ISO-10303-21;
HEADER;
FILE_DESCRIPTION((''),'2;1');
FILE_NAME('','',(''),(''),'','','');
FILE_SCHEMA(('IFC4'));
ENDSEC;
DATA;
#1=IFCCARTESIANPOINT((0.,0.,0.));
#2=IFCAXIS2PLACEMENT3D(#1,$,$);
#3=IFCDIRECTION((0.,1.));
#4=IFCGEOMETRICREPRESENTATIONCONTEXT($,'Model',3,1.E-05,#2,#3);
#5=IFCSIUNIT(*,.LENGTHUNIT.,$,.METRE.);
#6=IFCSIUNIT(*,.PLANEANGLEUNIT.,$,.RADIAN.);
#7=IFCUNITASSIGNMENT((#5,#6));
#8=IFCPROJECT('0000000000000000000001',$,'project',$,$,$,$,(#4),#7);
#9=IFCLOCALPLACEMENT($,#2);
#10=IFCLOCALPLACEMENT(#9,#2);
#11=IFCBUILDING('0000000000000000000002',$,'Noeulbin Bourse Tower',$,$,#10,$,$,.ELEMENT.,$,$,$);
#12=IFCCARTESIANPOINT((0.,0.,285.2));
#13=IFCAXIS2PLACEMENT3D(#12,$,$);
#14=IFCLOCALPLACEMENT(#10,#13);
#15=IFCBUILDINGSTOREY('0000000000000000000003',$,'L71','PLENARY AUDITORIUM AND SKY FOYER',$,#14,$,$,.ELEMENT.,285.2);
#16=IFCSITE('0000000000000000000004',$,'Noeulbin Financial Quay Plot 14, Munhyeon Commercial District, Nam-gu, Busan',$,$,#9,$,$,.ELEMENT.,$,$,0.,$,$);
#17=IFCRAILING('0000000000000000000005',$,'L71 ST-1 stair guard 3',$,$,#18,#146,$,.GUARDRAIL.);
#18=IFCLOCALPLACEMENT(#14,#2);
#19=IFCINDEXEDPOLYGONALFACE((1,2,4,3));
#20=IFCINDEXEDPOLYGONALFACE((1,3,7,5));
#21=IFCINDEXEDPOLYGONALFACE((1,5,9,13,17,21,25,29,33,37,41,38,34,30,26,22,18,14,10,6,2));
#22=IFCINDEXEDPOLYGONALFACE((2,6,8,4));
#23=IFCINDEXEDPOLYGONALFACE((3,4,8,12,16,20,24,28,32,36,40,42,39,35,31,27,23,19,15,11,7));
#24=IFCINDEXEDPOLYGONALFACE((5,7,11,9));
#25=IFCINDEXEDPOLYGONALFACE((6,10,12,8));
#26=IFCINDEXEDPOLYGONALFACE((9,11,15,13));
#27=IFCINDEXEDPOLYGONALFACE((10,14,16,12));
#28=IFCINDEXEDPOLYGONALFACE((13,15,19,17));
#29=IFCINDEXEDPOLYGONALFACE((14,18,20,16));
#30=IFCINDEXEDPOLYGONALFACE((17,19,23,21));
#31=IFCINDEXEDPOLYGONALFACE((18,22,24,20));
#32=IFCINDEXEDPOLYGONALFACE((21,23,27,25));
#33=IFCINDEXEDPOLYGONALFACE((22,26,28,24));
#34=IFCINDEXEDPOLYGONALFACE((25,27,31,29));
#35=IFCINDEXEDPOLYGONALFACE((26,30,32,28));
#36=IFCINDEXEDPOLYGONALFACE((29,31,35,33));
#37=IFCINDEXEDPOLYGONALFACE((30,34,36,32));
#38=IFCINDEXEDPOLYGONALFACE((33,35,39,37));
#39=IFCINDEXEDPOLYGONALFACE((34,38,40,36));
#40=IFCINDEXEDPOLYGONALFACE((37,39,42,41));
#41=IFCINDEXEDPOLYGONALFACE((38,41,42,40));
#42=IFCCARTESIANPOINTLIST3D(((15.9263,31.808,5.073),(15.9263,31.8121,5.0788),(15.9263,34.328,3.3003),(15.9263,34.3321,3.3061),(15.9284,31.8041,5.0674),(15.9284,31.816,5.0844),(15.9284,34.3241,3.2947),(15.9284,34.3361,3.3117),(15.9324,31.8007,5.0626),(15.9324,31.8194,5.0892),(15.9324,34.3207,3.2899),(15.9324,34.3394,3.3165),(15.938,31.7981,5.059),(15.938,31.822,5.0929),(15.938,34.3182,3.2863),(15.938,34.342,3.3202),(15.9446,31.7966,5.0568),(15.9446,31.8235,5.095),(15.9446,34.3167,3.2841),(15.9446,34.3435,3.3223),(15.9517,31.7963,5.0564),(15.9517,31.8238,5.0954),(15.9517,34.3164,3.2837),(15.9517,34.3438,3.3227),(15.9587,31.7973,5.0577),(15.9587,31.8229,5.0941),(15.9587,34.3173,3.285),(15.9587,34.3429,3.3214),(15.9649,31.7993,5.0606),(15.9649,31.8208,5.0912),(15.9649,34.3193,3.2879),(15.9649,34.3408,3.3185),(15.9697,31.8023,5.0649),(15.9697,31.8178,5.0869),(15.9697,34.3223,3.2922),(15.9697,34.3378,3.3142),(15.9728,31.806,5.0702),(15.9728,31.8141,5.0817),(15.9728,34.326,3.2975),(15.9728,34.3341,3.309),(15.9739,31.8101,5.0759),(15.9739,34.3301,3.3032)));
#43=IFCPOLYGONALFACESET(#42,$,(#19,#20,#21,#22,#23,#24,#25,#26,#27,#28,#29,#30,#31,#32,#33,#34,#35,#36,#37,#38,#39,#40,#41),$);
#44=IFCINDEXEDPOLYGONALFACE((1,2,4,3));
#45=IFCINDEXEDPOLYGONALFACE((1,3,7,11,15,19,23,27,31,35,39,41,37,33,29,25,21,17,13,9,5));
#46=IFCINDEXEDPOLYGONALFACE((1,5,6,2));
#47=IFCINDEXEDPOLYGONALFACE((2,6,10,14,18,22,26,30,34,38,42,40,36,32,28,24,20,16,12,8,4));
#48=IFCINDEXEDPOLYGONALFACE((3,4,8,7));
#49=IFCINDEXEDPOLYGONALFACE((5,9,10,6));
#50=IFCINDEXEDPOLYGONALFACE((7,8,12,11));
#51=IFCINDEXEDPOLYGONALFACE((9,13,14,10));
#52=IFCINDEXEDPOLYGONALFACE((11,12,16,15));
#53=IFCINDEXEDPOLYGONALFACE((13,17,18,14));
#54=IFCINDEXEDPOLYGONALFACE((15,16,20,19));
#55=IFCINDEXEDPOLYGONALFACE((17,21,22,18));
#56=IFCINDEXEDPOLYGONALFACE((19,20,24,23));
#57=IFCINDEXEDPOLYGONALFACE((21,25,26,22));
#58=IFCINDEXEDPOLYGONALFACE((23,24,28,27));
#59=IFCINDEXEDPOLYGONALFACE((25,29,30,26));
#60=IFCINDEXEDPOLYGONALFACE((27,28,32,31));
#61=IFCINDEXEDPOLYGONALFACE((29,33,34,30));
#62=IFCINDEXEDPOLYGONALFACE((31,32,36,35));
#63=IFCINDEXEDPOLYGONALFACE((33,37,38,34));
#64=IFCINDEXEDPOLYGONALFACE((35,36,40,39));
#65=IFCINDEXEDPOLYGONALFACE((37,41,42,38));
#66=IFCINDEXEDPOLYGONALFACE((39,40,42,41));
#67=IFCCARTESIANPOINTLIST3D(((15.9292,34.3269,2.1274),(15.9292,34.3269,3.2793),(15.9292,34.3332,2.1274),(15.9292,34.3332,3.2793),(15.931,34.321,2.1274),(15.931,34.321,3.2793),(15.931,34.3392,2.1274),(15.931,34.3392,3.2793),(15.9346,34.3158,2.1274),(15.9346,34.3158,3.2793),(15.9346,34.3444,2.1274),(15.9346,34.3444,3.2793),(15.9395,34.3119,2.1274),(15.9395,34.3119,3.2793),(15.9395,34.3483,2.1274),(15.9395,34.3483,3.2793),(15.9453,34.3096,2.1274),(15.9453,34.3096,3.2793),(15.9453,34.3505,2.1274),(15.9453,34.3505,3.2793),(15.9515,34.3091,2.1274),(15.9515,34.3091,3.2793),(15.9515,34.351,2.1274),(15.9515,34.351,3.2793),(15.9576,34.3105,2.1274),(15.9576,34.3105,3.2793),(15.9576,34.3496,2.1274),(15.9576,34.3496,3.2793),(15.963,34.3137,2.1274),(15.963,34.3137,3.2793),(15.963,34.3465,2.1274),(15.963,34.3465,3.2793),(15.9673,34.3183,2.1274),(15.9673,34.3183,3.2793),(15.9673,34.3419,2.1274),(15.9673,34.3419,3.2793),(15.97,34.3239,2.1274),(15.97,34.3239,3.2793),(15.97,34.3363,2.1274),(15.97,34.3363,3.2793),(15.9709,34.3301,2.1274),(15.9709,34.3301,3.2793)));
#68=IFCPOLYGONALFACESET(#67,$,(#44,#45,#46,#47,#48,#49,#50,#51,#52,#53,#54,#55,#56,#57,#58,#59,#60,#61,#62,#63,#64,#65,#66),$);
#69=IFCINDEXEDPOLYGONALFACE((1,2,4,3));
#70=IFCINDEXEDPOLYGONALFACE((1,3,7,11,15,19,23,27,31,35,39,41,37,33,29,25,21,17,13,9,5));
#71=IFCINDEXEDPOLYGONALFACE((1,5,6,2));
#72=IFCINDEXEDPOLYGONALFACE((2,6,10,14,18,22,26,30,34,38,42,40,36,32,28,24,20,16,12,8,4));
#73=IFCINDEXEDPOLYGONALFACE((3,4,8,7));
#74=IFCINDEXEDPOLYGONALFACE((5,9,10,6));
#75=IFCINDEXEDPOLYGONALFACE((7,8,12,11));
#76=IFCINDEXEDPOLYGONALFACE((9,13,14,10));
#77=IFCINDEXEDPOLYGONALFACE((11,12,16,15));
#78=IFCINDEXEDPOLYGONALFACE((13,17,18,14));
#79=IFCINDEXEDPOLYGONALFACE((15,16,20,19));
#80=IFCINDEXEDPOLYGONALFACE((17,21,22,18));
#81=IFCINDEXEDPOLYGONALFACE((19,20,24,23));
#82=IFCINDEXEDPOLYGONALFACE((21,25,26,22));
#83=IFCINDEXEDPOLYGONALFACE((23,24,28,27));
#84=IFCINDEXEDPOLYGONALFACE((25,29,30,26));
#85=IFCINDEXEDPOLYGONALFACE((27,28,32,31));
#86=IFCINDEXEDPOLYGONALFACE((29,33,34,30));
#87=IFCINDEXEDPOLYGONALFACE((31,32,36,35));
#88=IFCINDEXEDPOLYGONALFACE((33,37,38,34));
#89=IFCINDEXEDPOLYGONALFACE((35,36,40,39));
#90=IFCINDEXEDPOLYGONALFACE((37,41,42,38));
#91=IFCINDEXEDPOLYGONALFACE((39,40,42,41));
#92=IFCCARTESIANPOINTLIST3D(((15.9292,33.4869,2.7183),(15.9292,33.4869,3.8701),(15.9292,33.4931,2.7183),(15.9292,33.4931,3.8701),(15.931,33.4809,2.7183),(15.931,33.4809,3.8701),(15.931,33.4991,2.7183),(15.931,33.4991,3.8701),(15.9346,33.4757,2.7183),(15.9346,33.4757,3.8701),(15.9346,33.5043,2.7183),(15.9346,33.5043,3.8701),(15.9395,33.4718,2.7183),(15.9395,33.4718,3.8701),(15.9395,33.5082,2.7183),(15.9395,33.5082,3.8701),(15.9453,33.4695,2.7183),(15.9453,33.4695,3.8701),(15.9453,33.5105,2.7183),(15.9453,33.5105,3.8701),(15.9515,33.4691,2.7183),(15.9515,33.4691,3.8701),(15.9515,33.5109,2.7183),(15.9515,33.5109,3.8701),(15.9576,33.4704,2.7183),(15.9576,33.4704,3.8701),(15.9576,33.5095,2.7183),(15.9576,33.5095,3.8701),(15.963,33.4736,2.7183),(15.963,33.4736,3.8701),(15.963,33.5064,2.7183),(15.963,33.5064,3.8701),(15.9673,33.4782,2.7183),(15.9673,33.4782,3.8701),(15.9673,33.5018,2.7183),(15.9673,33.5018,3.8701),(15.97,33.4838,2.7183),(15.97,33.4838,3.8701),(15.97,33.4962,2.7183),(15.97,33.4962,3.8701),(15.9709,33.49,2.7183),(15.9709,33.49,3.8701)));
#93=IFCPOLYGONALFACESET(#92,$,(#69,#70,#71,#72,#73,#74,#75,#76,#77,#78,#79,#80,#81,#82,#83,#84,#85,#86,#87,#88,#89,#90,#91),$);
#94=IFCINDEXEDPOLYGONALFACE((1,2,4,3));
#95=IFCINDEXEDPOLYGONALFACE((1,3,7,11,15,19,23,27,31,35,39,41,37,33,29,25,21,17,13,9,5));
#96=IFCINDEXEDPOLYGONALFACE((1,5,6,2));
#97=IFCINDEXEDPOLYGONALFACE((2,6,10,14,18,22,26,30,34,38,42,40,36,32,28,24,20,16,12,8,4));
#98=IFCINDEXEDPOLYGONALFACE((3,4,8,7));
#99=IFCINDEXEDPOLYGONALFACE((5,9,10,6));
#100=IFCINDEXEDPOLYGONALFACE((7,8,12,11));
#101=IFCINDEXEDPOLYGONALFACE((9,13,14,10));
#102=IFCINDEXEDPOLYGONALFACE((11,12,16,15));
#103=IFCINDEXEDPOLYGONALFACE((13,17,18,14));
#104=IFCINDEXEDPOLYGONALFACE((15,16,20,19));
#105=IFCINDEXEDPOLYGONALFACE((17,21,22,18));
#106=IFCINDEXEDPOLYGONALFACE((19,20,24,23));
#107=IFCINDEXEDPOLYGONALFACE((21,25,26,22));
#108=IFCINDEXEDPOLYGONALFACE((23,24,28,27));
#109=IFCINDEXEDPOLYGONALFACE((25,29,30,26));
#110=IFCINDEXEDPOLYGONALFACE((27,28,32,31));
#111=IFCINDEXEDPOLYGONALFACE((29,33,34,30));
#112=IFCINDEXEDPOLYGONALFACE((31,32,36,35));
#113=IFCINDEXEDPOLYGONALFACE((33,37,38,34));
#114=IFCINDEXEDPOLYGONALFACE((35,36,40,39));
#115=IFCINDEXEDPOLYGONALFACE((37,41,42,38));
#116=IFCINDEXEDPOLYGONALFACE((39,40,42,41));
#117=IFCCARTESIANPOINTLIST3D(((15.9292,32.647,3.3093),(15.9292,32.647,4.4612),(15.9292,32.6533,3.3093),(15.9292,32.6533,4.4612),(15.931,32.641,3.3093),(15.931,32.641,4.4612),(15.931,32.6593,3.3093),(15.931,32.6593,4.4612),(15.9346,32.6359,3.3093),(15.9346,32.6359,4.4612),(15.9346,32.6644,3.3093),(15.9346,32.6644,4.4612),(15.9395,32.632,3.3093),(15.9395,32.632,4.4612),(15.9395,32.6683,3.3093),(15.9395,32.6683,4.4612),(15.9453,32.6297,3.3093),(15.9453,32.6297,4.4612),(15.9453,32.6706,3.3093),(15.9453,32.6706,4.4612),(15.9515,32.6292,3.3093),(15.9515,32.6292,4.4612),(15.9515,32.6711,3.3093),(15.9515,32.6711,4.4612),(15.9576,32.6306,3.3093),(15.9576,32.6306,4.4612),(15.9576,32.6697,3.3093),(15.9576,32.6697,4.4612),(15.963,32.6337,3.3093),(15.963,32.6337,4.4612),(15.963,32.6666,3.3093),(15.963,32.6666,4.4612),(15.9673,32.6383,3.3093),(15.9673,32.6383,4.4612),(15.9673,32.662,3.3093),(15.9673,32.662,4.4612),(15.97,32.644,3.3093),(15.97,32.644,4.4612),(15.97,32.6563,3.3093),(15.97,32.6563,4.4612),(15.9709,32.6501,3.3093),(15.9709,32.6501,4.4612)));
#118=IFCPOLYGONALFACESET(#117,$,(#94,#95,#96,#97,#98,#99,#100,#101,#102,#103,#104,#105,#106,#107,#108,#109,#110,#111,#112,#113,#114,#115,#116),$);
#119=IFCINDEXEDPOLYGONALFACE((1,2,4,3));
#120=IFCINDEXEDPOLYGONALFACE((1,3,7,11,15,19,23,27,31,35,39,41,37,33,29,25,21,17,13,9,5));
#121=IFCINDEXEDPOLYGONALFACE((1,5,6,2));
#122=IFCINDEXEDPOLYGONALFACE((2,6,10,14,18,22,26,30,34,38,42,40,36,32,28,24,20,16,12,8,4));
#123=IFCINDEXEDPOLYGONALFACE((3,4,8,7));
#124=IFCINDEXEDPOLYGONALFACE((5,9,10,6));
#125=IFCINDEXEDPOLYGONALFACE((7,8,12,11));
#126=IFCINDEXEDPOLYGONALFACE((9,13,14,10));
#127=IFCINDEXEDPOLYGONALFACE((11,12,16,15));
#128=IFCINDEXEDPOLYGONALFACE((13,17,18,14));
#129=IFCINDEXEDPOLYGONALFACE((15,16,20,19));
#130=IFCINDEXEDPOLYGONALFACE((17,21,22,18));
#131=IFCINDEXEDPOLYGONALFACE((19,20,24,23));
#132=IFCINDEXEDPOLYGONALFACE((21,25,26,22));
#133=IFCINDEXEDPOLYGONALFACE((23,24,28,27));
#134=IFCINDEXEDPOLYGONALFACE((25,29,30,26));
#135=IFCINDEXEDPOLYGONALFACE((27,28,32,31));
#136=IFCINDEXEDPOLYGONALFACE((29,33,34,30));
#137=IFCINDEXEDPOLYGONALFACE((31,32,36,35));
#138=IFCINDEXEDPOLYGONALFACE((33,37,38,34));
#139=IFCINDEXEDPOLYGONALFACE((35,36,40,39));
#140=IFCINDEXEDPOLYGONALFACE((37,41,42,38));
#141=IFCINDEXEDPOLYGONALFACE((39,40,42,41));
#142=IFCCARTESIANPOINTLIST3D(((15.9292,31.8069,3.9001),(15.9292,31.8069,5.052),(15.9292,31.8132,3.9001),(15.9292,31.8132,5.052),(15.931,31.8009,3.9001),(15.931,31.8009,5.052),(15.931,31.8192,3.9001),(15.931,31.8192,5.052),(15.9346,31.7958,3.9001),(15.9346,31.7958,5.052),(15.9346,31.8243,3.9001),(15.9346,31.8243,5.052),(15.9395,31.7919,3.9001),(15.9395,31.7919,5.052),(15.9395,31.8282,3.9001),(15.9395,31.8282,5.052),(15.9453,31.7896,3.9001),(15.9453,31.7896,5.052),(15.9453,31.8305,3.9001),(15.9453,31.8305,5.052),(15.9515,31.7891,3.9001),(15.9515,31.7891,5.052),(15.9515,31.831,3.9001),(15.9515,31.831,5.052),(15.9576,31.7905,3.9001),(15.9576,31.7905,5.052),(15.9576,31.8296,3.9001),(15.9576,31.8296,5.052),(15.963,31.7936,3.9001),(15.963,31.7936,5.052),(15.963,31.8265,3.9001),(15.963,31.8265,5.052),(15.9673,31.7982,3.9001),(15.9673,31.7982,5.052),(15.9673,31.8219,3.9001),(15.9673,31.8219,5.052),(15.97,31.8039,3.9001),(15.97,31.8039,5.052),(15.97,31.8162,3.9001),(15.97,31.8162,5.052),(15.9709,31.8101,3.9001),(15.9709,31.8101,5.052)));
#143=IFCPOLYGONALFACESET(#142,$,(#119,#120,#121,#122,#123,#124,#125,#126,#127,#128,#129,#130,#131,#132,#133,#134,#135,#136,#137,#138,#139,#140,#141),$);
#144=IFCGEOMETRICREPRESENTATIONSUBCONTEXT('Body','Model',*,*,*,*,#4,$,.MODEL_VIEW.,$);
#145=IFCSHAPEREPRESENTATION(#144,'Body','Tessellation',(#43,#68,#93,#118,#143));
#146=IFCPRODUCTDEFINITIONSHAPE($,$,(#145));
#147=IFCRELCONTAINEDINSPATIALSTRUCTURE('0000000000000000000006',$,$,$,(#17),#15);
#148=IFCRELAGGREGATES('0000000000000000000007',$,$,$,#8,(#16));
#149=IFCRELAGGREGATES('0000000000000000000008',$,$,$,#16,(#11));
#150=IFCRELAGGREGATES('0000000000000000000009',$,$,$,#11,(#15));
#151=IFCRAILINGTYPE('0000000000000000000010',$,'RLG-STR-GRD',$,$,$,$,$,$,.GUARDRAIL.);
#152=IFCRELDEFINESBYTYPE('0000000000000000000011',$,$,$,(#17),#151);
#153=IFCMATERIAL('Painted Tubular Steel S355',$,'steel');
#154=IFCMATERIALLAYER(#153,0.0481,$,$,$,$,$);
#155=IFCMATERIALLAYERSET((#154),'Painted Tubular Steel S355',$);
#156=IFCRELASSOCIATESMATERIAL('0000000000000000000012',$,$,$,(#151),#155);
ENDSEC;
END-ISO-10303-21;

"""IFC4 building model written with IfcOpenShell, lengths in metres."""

from ifc_helpers import new_model, si_unit, direction, frame, origin, origin_2d, place, context, subcontext, project, spatial, circle, extrude, material, layer, layer_set, type_object, element, save


model = new_model("IFC4")

# Units and contexts
model_context = context("Model", 3, precision=1e-05, world=origin(), true_north=direction((0.0, 1.0)))
body_context = subcontext(model_context, "Body", "Model", "MODEL_VIEW")
ifc_project = project(units=[si_unit("LENGTHUNIT", "METRE"), si_unit("PLANEANGLEUNIT", "RADIAN")], contexts=[model_context])

# Site, building, storey
site_placement = place(None, origin())
site = spatial("IfcSite", under=ifc_project, at=site_placement, Name="Noeulbin Financial Quay Plot 14, Munhyeon Commercial District, Nam-gu, Busan", CompositionType="ELEMENT", RefElevation=0.0)
building_placement = place(site_placement, origin())
building = spatial("IfcBuilding", under=site, at=building_placement, Name="Noeulbin Bourse Tower", CompositionType="ELEMENT")
storey_placement = place(building_placement, frame((0.0, 0.0, 285.2)))
storey = spatial("IfcBuildingStorey", under=building, at=storey_placement, Name="L71", Description="PLENARY AUDITORIUM AND SKY FOYER", CompositionType="ELEMENT", Elevation=285.2)

# Railing
ifc_material_1 = material(Name="Painted Tubular Steel S355", Category="steel")
ifc_layer_1 = layer(ifc_material_1, 0.0481)
ifc_layer_set_1 = layer_set([ifc_layer_1], Name="Painted Tubular Steel S355")
railing_type_1 = type_object("IfcRailingType", Name="RLG-STR-GRD", PredefinedType="GUARDRAIL", material=ifc_layer_set_1)
railing_1_placement = place(storey_placement, frame((15.95, 34.3301, 2.1274)))
element("IfcRailing", 1, at=railing_1_placement, inside=storey, type_object=railing_type_1, Name="L71 ST-1 stair guard 3", PredefinedType="GUARDRAIL", context=body_context, shape_type="SweptSolid", body=[
    extrude(circle(Radius=0.0239, at=origin_2d()), frame((0.0, 0.0, 1.1758), z_axis=(0.0, -0.817904, 0.575354), x_axis=(1.0, 0.0, 0.0)), (0.0, 0.0, 1.0), 3.0811),
    extrude(circle(Radius=0.021, at=origin_2d()), origin(), (0.0, 0.0, 1.0), 1.1519),
    extrude(circle(Radius=0.021, at=origin_2d()), frame((0.0, -0.8401, 0.5908)), (0.0, 0.0, 1.0), 1.1519),
    extrude(circle(Radius=0.021, at=origin_2d()), frame((0.0, -1.6799, 1.1819)), (0.0, 0.0, 1.0), 1.1519),
    extrude(circle(Radius=0.021, at=origin_2d()), frame((0.0, -2.52, 1.7727)), (0.0, 0.0, 1.0), 1.1519),
])

save(model, "model.ifc")
